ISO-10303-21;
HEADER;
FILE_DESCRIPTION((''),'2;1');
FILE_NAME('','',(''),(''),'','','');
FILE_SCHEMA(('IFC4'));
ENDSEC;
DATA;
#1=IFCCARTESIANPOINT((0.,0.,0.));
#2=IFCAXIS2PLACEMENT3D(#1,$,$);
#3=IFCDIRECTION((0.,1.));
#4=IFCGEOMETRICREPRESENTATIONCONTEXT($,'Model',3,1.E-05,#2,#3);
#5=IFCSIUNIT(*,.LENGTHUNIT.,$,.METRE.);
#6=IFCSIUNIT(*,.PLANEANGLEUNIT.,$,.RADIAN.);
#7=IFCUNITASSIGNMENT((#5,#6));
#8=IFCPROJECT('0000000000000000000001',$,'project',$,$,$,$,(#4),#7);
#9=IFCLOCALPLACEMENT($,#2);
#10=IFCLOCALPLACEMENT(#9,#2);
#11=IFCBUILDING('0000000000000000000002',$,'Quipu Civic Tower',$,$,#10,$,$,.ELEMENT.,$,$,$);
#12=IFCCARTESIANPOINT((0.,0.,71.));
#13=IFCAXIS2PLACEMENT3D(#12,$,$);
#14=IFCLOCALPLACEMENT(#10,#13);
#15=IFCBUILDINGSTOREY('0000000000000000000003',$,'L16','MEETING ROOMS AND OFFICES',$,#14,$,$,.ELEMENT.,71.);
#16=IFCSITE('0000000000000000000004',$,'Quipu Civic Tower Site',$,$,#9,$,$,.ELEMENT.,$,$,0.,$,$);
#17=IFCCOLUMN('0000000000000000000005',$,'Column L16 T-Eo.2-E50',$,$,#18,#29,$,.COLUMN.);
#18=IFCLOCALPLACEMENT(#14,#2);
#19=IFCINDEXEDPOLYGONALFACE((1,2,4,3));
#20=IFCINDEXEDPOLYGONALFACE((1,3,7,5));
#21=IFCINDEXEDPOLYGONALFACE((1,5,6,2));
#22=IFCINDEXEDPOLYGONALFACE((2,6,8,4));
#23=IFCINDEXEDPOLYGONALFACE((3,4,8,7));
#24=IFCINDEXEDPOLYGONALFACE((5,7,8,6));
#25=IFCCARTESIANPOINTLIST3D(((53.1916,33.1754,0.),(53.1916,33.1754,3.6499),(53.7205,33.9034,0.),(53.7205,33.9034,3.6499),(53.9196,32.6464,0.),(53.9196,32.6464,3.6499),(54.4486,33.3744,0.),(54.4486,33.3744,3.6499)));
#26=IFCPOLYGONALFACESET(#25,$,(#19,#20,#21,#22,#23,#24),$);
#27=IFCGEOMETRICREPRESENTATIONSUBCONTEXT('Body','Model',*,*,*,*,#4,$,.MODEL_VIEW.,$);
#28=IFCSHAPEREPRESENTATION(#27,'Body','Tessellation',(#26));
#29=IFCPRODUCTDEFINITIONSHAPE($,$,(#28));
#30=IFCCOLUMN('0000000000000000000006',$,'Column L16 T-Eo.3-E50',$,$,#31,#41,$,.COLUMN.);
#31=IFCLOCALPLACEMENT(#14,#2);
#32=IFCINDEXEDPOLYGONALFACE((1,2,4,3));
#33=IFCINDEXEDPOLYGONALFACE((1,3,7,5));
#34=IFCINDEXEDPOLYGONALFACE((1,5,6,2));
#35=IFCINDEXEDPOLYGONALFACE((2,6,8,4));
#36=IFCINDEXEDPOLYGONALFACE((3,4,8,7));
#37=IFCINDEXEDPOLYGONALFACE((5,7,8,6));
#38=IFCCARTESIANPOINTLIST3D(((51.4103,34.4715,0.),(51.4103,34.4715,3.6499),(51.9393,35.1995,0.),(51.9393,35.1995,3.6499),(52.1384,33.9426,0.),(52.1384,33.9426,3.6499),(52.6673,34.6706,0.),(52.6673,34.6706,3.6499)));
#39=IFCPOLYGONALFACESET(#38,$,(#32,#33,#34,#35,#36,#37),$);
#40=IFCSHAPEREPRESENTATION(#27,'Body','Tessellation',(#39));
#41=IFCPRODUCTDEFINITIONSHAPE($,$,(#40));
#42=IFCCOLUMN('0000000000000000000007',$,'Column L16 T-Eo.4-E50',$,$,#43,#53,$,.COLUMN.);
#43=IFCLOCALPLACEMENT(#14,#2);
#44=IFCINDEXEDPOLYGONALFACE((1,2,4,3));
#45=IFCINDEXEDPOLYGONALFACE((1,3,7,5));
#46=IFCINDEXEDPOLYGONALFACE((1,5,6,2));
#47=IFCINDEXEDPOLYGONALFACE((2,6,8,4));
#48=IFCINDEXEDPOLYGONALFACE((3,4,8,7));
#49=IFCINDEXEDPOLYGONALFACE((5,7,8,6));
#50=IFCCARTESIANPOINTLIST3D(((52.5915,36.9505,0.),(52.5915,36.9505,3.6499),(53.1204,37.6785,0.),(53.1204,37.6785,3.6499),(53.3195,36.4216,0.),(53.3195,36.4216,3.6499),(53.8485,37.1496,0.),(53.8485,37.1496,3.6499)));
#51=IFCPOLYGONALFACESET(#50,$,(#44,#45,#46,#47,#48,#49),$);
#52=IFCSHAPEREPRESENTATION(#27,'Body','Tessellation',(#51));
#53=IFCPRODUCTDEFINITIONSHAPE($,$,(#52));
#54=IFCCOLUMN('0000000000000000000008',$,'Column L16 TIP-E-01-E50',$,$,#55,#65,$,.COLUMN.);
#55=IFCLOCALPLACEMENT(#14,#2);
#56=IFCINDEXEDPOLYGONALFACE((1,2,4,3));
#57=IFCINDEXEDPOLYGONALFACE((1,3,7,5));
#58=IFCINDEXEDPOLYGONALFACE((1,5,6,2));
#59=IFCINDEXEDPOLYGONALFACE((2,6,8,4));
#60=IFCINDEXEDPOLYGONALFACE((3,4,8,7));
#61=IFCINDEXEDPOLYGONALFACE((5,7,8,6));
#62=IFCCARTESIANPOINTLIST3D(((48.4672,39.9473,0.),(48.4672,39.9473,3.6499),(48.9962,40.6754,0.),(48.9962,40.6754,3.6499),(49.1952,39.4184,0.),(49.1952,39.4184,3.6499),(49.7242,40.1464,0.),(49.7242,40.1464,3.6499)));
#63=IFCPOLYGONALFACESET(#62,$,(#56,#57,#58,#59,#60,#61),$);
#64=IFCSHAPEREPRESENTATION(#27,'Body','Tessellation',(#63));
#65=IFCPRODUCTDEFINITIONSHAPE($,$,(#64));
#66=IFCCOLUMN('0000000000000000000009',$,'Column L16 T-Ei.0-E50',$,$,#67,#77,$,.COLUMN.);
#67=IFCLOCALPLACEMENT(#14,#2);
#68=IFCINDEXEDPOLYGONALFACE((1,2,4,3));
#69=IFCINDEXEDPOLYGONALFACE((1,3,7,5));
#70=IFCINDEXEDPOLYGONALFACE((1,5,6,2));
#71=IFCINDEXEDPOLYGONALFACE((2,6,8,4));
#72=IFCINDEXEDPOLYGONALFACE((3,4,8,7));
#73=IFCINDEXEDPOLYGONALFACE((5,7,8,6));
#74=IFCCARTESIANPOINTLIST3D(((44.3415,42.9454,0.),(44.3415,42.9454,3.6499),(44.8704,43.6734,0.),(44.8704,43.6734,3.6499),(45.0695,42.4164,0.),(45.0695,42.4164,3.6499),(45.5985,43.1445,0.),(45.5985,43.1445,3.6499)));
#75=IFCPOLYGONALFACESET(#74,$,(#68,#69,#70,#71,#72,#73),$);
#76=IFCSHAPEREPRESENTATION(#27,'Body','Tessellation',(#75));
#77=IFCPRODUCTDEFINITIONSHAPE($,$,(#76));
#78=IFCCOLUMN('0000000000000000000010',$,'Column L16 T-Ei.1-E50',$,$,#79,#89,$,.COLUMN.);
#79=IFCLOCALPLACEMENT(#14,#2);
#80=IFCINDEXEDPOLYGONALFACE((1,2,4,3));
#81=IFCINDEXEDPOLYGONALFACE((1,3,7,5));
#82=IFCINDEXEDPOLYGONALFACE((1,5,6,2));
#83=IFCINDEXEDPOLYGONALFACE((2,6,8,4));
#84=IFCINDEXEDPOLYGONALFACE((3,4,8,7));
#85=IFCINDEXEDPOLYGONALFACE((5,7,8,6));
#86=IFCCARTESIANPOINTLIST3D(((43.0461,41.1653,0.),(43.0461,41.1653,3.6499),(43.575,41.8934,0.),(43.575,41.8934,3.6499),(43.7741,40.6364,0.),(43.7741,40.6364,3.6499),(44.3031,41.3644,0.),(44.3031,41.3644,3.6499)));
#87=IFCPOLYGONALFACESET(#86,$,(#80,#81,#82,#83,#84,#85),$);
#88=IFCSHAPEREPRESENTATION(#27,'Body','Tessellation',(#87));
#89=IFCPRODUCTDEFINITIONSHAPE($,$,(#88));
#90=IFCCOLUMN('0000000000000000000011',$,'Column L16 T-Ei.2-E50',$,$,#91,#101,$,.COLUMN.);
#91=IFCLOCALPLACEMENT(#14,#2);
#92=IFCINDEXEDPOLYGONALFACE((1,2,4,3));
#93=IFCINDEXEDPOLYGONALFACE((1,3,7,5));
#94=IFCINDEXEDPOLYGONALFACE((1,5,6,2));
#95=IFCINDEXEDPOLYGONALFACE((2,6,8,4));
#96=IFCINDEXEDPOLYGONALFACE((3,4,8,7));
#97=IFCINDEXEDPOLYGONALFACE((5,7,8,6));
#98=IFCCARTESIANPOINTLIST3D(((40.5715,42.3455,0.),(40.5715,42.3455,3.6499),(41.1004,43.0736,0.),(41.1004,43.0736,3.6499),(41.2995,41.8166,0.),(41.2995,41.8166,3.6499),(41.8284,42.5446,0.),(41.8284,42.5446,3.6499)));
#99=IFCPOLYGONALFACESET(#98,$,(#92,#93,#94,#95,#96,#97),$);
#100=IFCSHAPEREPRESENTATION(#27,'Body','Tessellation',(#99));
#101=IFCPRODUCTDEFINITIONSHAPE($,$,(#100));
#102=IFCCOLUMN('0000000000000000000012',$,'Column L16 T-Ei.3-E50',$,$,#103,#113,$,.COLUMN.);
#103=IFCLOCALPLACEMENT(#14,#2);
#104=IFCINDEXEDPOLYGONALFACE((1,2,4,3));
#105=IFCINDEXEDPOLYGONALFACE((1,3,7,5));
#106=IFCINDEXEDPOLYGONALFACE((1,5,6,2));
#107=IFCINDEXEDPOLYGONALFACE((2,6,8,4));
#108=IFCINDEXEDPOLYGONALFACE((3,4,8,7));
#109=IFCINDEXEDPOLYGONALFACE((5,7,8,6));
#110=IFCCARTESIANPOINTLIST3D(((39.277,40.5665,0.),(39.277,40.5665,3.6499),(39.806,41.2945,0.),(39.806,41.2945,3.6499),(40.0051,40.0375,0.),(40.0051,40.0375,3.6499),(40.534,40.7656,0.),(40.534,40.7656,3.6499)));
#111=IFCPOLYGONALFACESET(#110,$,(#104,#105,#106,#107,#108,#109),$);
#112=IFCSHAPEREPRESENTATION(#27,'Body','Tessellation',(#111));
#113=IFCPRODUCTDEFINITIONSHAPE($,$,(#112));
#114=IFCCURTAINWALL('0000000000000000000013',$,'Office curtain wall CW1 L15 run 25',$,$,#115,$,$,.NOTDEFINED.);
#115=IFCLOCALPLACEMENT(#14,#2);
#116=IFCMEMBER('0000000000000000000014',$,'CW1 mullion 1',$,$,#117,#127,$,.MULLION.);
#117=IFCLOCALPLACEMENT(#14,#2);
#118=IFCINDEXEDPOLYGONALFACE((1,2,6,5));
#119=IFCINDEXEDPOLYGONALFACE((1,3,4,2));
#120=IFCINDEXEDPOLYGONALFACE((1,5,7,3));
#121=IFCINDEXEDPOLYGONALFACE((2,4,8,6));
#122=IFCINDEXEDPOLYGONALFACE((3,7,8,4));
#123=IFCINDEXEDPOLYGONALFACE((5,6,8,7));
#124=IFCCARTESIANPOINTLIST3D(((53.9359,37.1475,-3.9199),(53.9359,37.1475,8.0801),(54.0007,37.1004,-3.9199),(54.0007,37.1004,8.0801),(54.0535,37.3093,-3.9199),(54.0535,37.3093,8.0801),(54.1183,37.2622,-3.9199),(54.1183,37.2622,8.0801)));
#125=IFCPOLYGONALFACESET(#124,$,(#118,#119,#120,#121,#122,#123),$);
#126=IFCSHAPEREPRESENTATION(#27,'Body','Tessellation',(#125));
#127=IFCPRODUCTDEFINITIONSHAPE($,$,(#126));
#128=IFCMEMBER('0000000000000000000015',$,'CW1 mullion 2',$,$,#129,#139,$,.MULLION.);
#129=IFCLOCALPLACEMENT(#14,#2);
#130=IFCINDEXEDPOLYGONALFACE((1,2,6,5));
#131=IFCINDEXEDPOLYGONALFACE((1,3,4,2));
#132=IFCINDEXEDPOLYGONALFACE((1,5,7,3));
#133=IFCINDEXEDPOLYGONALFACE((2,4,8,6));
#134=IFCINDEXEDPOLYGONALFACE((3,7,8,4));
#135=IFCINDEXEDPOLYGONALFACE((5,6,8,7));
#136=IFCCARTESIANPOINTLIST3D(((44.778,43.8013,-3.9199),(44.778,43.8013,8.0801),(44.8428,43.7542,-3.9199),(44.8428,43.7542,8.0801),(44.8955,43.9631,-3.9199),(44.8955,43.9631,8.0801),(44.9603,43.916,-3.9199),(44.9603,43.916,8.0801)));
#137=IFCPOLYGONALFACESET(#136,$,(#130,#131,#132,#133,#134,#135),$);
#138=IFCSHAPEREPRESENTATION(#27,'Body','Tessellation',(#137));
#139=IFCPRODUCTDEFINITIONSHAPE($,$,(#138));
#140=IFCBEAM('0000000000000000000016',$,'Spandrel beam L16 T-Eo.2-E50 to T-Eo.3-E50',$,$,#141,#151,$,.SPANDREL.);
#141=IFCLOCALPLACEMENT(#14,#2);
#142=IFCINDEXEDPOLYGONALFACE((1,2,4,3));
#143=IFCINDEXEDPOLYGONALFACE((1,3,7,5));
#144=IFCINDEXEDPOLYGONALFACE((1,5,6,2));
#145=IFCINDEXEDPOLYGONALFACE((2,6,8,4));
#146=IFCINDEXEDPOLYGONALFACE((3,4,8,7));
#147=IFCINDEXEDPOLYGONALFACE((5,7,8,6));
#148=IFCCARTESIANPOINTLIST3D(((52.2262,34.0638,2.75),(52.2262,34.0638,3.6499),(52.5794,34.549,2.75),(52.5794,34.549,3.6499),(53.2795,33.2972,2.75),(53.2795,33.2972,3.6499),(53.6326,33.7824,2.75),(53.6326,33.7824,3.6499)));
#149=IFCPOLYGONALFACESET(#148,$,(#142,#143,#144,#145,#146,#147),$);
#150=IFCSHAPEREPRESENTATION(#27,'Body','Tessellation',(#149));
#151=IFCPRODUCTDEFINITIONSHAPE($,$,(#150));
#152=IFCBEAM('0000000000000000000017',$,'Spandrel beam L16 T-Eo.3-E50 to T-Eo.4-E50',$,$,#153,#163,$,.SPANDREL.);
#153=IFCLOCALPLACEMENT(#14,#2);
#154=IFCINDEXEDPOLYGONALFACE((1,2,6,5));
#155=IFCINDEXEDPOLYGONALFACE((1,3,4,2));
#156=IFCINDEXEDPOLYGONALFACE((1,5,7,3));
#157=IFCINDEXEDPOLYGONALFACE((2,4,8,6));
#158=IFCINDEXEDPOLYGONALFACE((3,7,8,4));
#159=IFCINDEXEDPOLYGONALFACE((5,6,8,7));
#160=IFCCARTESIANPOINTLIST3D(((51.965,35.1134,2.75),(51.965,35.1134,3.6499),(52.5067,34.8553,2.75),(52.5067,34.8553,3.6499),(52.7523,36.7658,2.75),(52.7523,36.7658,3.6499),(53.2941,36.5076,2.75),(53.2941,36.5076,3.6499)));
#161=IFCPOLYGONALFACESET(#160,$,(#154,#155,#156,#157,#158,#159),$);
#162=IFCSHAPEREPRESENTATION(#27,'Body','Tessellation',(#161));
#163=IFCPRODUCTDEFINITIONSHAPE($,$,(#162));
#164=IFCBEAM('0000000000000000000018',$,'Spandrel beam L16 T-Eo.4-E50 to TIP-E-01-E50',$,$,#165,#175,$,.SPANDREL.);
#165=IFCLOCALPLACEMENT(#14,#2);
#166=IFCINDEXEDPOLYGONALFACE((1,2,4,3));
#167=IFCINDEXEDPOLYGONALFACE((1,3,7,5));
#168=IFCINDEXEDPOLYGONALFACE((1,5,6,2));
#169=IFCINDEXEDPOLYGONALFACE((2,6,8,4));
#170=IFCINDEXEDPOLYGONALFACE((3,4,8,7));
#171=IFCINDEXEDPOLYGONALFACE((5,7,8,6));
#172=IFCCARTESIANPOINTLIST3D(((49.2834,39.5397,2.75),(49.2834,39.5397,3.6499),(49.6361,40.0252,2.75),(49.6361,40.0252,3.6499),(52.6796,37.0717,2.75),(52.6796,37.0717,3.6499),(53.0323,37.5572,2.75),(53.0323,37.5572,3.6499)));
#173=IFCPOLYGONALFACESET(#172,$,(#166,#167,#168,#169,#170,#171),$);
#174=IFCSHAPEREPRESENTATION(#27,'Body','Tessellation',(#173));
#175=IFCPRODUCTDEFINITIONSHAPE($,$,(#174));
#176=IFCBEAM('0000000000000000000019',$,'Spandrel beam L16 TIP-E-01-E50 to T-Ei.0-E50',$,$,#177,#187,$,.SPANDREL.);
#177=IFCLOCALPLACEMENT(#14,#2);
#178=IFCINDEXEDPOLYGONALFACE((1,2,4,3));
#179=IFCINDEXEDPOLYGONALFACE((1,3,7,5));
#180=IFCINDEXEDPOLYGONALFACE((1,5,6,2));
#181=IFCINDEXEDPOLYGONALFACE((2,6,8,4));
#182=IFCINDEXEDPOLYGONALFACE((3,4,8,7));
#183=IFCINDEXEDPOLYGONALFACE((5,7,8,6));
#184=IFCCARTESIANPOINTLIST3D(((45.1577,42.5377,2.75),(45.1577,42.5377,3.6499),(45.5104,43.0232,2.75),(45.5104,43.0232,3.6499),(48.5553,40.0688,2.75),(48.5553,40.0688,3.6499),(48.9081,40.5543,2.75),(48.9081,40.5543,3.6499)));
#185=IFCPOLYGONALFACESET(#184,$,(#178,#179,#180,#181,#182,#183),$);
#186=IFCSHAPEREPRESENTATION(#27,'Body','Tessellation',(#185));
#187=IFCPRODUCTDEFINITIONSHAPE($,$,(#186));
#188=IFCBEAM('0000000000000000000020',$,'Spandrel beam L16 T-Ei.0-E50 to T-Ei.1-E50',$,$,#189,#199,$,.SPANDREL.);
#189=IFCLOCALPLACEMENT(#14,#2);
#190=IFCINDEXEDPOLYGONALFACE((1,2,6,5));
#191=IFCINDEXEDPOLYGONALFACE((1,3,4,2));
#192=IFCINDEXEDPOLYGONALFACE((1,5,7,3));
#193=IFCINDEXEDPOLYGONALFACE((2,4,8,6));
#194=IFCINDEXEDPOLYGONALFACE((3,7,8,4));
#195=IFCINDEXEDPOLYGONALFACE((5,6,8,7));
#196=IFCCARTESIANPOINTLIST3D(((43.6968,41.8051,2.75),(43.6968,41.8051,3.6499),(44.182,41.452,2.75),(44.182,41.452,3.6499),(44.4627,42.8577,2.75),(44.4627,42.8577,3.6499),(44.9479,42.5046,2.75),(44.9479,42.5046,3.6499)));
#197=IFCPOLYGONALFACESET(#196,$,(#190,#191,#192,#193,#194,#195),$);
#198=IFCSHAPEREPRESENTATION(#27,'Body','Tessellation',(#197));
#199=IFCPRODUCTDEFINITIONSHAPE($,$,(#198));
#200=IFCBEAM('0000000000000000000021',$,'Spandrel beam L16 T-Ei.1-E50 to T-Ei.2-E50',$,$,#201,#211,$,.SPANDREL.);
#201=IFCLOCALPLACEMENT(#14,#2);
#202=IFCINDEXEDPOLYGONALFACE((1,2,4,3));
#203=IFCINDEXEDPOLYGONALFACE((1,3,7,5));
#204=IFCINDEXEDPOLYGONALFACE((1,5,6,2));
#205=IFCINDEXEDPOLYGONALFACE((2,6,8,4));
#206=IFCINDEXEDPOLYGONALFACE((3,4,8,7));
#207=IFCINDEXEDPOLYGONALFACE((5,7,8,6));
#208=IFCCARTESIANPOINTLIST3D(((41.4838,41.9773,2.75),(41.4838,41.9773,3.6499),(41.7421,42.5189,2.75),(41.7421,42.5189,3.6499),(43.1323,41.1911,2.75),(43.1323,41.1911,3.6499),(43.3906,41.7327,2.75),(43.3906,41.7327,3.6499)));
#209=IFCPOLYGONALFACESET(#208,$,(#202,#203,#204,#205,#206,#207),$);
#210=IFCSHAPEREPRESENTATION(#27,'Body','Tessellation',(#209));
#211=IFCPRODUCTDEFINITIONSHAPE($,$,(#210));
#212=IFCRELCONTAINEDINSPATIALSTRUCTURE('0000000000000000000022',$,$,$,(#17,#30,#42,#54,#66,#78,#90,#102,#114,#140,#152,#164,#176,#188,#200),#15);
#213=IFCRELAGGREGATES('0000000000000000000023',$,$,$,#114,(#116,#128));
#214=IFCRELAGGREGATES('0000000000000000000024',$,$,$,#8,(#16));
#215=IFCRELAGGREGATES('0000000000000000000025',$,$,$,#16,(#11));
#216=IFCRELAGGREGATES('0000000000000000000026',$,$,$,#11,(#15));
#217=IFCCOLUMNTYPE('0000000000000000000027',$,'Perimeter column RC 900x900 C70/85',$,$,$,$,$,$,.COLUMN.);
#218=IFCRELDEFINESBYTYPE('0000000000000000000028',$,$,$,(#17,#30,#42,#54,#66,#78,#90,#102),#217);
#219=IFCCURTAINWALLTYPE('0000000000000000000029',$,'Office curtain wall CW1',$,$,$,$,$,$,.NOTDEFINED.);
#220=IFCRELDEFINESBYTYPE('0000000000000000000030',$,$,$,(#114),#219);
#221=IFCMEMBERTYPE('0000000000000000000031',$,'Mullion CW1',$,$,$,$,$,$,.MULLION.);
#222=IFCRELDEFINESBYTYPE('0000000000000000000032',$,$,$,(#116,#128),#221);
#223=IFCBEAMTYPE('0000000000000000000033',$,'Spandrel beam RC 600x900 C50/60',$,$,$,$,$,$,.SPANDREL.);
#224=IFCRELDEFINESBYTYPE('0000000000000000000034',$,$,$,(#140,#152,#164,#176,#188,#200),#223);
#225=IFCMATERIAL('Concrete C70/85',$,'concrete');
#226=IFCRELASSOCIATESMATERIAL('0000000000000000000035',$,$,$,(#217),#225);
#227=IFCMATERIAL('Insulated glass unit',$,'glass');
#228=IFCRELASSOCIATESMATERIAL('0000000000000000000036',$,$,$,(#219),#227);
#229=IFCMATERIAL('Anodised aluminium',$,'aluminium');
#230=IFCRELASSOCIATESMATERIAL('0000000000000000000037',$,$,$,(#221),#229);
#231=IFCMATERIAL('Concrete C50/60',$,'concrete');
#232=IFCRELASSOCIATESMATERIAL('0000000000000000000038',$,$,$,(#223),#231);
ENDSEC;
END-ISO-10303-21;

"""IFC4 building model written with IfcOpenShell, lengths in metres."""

from ifc_helpers import new_model, si_unit, direction, frame, origin, origin_2d, place, context, subcontext, project, spatial, rectangle, extrude, material, material_profile, profile_set, type_object, element, aggregate, save


model = new_model("IFC4")

# Units and contexts
model_context = context("Model", 3, precision=1e-05, world=origin(), true_north=direction((0.0, 1.0)))
body_context = subcontext(model_context, "Body", "Model", "MODEL_VIEW")
ifc_project = project(units=[si_unit("LENGTHUNIT", "METRE"), si_unit("PLANEANGLEUNIT", "RADIAN")], contexts=[model_context])

# Site, building, storey
site_placement = place(None, origin())
site = spatial("IfcSite", under=ifc_project, at=site_placement, Name="Quipu Civic Tower Site", CompositionType="ELEMENT", RefElevation=0.0)
building_placement = place(site_placement, origin())
building = spatial("IfcBuilding", under=site, at=building_placement, Name="Quipu Civic Tower", CompositionType="ELEMENT")
storey_placement = place(building_placement, frame((0.0, 0.0, 71.0)))
storey = spatial("IfcBuildingStorey", under=building, at=storey_placement, Name="L16", Description="MEETING ROOMS AND OFFICES", CompositionType="ELEMENT", Elevation=71.0)

# Columns
ifc_material_1 = material(Name="Concrete C70/85", Category="concrete")
ifc_material_profile_1 = material_profile(ifc_material_1, rectangle(XDim=0.8999, YDim=0.8999, at=origin_2d()), Name="RC900x900")
ifc_profile_set_1 = profile_set([ifc_material_profile_1], Name="Concrete C70/85")
column_type = type_object("IfcColumnType", Name="Perimeter column RC 900x900 C70/85", PredefinedType="COLUMN", material=ifc_profile_set_1)
for number, where, z_axis, x_axis, name in (
    (1, (53.8201, 33.2749, 0.0), (0.0, 0.0, 1.0), (-0.809017, 0.587785, 0.0), "Column L16 T-Eo.2-E50"),
    (2, (52.0388, 34.571, 0.0), (0.0, 0.0, 1.0), (0.587785, 0.809017, 0.0), "Column L16 T-Eo.3-E50"),
    (3, (53.22, 37.05, 0.0), (0.0, 0.0, 1.0), (-0.809017, 0.587785, 0.0), "Column L16 T-Eo.4-E50"),
    (4, (49.0957, 40.0469, 0.0), (0.0, 0.0, 1.0), (-0.809017, 0.587785, 0.0), "Column L16 TIP-E-01-E50"),
    (5, (44.97, 43.0449, 0.0), (0.0, 0.0, 1.0), (-0.809017, 0.587785, 0.0), "Column L16 T-Ei.0-E50"),
    (6, (43.6746, 41.2649, 0.0), (0.0, 0.0, 1.0), (-0.809017, 0.587785, 0.0), "Column L16 T-Ei.1-E50"),
    (7, (41.2, 42.4451, 0.0), (0.0, 0.0, 1.0), (-0.587785, -0.809017, 0.0), "Column L16 T-Ei.2-E50"),
    (8, (39.9055, 40.666, 0.0), (0.0, 0.0, 1.0), (-0.587785, -0.809017, 0.0), "Column L16 T-Ei.3-E50"),
):
    element("IfcColumn", number, at=place(storey_placement, frame(where, z_axis=z_axis, x_axis=x_axis)), inside=storey, type_object=column_type, Name=name, PredefinedType="COLUMN", context=body_context, shape_type="SweptSolid", body=[
        extrude(rectangle(XDim=0.8999, YDim=0.8999, at=origin_2d()), origin(), (0.0, 0.0, 1.0), 3.6499),
    ])

# Curtain wall, members
ifc_material_2 = material(Name="Insulated glass unit", Category="glass")
curtain_wall_type = type_object("IfcCurtainWallType", Name="Office curtain wall CW1", PredefinedType="NOTDEFINED", material=ifc_material_2)
curtain_wall_placement = place(storey_placement, origin())
curtain_wall = element("IfcCurtainWall", 9, at=curtain_wall_placement, inside=storey, type_object=curtain_wall_type, Name="Office curtain wall CW1 L15 run 25", PredefinedType="NOTDEFINED")
ifc_material_3 = material(Name="Anodised aluminium", Category="aluminium")
ifc_material_profile_2 = material_profile(ifc_material_3, rectangle(XDim=0.2, YDim=0.0801, at=origin_2d()), Name="RECT 200x80")
ifc_profile_set_2 = profile_set([ifc_material_profile_2], Name="Anodised aluminium")
member_type_1 = type_object("IfcMemberType", Name="Mullion CW1", PredefinedType="MULLION", material=ifc_profile_set_2)
member_1_placement = place(storey_placement, frame((54.0271, 37.2048, -3.9199), z_axis=(0.0, 0.0, 1.0), x_axis=(-0.587782, -0.809019, 0.0)))
member_1 = element("IfcMember", 10, at=member_1_placement, type_object=member_type_1, Name="CW1 mullion 1", PredefinedType="MULLION", context=body_context, shape_type="SweptSolid", body=[
    extrude(rectangle(XDim=0.2, YDim=0.0801, at=origin_2d()), origin(), (0.0, 0.0, 1.0), 12.0),
])
member_2_placement = place(storey_placement, frame((44.8691, 43.8586, -3.9199), z_axis=(0.0, 0.0, 1.0), x_axis=(-0.587782, -0.809019, 0.0)))
member_2 = element("IfcMember", 11, at=member_2_placement, type_object=member_type_1, Name="CW1 mullion 2", PredefinedType="MULLION", context=body_context, shape_type="SweptSolid", body=[
    extrude(rectangle(XDim=0.2, YDim=0.0801, at=origin_2d()), origin(), (0.0, 0.0, 1.0), 12.0),
])

# Beams
ifc_material_4 = material(Name="Concrete C50/60", Category="concrete")
ifc_material_profile_3 = material_profile(ifc_material_4, rectangle(XDim=0.6001, YDim=0.8999, at=origin_2d()), Name="RC600x900")
ifc_profile_set_3 = profile_set([ifc_material_profile_3], Name="Concrete C50/60")
beam_type = type_object("IfcBeamType", Name="Spandrel beam RC 600x900 C50/60", PredefinedType="SPANDREL", material=ifc_profile_set_3)
beam_1_placement = place(storey_placement, frame((53.4561, 33.5398, 3.2), z_axis=(-0.808509, 0.588484, 0.0), x_axis=(-0.588484, -0.808509, 0.0)))
element("IfcBeam", 12, at=beam_1_placement, inside=storey, type_object=beam_type, Name="Spandrel beam L16 T-Eo.2-E50 to T-Eo.3-E50", PredefinedType="SPANDREL", context=body_context, shape_type="SweptSolid", body=[
    extrude(rectangle(XDim=0.6001, YDim=0.8999, at=origin_2d()), origin(), (0.0, 0.0, 1.0), 1.3027),
])
beam_2_placement = place(storey_placement, frame((52.2358, 34.9844, 3.2), z_axis=(0.430167, 0.90275, 0.0), x_axis=(-0.90275, 0.430167, 0.0)))
element("IfcBeam", 13, at=beam_2_placement, inside=storey, type_object=beam_type, Name="Spandrel beam L16 T-Eo.3-E50 to T-Eo.4-E50", PredefinedType="SPANDREL", context=body_context, shape_type="SweptSolid", body=[
    extrude(rectangle(XDim=0.6001, YDim=0.8999, at=origin_2d()), origin(), (0.0, 0.0, 1.0), 1.8303),
])
beam_3_placement = place(storey_placement, frame((52.856, 37.3145, 3.2), z_axis=(-0.80896, 0.587864, 0.0), x_axis=(-0.587864, -0.80896, 0.0)))
element("IfcBeam", 14, at=beam_3_placement, inside=storey, type_object=beam_type, Name="Spandrel beam L16 T-Eo.4-E50 to TIP-E-01-E50", PredefinedType="SPANDREL", context=body_context, shape_type="SweptSolid", body=[
    extrude(rectangle(XDim=0.6001, YDim=0.8999, at=origin_2d()), origin(), (0.0, 0.0, 1.0), 4.1982),
])
beam_4_placement = place(storey_placement, frame((48.7317, 40.3115, 3.2), z_axis=(-0.80897, 0.58785, 0.0), x_axis=(-0.58785, -0.80897, 0.0)))
element("IfcBeam", 15, at=beam_4_placement, inside=storey, type_object=beam_type, Name="Spandrel beam L16 TIP-E-01-E50 to T-Ei.0-E50", PredefinedType="SPANDREL", context=body_context, shape_type="SweptSolid", body=[
    extrude(rectangle(XDim=0.6001, YDim=0.8999, at=origin_2d()), origin(), (0.0, 0.0, 1.0), 4.2),
])
beam_5_placement = place(storey_placement, frame((44.7053, 42.6812, 3.2), z_axis=(-0.588384, -0.808582, 0.0), x_axis=(0.808582, -0.588384, 0.0)))
element("IfcBeam", 16, at=beam_5_placement, inside=storey, type_object=beam_type, Name="Spandrel beam L16 T-Ei.0-E50 to T-Ei.1-E50", PredefinedType="SPANDREL", context=body_context, shape_type="SweptSolid", body=[
    extrude(rectangle(XDim=0.6001, YDim=0.8999, at=origin_2d()), origin(), (0.0, 0.0, 1.0), 1.3018),
])
beam_6_placement = place(storey_placement, frame((43.2615, 41.4619, 3.2), z_axis=(-0.902613, 0.430452, 0.0), x_axis=(-0.430452, -0.902613, 0.0)))
element("IfcBeam", 17, at=beam_6_placement, inside=storey, type_object=beam_type, Name="Spandrel beam L16 T-Ei.1-E50 to T-Ei.2-E50", PredefinedType="SPANDREL", context=body_context, shape_type="SweptSolid", body=[
    extrude(rectangle(XDim=0.6001, YDim=0.8999, at=origin_2d()), origin(), (0.0, 0.0, 1.0), 1.8264),
])

aggregate(curtain_wall, [member_1, member_2])

save(model, "model.ifc")
